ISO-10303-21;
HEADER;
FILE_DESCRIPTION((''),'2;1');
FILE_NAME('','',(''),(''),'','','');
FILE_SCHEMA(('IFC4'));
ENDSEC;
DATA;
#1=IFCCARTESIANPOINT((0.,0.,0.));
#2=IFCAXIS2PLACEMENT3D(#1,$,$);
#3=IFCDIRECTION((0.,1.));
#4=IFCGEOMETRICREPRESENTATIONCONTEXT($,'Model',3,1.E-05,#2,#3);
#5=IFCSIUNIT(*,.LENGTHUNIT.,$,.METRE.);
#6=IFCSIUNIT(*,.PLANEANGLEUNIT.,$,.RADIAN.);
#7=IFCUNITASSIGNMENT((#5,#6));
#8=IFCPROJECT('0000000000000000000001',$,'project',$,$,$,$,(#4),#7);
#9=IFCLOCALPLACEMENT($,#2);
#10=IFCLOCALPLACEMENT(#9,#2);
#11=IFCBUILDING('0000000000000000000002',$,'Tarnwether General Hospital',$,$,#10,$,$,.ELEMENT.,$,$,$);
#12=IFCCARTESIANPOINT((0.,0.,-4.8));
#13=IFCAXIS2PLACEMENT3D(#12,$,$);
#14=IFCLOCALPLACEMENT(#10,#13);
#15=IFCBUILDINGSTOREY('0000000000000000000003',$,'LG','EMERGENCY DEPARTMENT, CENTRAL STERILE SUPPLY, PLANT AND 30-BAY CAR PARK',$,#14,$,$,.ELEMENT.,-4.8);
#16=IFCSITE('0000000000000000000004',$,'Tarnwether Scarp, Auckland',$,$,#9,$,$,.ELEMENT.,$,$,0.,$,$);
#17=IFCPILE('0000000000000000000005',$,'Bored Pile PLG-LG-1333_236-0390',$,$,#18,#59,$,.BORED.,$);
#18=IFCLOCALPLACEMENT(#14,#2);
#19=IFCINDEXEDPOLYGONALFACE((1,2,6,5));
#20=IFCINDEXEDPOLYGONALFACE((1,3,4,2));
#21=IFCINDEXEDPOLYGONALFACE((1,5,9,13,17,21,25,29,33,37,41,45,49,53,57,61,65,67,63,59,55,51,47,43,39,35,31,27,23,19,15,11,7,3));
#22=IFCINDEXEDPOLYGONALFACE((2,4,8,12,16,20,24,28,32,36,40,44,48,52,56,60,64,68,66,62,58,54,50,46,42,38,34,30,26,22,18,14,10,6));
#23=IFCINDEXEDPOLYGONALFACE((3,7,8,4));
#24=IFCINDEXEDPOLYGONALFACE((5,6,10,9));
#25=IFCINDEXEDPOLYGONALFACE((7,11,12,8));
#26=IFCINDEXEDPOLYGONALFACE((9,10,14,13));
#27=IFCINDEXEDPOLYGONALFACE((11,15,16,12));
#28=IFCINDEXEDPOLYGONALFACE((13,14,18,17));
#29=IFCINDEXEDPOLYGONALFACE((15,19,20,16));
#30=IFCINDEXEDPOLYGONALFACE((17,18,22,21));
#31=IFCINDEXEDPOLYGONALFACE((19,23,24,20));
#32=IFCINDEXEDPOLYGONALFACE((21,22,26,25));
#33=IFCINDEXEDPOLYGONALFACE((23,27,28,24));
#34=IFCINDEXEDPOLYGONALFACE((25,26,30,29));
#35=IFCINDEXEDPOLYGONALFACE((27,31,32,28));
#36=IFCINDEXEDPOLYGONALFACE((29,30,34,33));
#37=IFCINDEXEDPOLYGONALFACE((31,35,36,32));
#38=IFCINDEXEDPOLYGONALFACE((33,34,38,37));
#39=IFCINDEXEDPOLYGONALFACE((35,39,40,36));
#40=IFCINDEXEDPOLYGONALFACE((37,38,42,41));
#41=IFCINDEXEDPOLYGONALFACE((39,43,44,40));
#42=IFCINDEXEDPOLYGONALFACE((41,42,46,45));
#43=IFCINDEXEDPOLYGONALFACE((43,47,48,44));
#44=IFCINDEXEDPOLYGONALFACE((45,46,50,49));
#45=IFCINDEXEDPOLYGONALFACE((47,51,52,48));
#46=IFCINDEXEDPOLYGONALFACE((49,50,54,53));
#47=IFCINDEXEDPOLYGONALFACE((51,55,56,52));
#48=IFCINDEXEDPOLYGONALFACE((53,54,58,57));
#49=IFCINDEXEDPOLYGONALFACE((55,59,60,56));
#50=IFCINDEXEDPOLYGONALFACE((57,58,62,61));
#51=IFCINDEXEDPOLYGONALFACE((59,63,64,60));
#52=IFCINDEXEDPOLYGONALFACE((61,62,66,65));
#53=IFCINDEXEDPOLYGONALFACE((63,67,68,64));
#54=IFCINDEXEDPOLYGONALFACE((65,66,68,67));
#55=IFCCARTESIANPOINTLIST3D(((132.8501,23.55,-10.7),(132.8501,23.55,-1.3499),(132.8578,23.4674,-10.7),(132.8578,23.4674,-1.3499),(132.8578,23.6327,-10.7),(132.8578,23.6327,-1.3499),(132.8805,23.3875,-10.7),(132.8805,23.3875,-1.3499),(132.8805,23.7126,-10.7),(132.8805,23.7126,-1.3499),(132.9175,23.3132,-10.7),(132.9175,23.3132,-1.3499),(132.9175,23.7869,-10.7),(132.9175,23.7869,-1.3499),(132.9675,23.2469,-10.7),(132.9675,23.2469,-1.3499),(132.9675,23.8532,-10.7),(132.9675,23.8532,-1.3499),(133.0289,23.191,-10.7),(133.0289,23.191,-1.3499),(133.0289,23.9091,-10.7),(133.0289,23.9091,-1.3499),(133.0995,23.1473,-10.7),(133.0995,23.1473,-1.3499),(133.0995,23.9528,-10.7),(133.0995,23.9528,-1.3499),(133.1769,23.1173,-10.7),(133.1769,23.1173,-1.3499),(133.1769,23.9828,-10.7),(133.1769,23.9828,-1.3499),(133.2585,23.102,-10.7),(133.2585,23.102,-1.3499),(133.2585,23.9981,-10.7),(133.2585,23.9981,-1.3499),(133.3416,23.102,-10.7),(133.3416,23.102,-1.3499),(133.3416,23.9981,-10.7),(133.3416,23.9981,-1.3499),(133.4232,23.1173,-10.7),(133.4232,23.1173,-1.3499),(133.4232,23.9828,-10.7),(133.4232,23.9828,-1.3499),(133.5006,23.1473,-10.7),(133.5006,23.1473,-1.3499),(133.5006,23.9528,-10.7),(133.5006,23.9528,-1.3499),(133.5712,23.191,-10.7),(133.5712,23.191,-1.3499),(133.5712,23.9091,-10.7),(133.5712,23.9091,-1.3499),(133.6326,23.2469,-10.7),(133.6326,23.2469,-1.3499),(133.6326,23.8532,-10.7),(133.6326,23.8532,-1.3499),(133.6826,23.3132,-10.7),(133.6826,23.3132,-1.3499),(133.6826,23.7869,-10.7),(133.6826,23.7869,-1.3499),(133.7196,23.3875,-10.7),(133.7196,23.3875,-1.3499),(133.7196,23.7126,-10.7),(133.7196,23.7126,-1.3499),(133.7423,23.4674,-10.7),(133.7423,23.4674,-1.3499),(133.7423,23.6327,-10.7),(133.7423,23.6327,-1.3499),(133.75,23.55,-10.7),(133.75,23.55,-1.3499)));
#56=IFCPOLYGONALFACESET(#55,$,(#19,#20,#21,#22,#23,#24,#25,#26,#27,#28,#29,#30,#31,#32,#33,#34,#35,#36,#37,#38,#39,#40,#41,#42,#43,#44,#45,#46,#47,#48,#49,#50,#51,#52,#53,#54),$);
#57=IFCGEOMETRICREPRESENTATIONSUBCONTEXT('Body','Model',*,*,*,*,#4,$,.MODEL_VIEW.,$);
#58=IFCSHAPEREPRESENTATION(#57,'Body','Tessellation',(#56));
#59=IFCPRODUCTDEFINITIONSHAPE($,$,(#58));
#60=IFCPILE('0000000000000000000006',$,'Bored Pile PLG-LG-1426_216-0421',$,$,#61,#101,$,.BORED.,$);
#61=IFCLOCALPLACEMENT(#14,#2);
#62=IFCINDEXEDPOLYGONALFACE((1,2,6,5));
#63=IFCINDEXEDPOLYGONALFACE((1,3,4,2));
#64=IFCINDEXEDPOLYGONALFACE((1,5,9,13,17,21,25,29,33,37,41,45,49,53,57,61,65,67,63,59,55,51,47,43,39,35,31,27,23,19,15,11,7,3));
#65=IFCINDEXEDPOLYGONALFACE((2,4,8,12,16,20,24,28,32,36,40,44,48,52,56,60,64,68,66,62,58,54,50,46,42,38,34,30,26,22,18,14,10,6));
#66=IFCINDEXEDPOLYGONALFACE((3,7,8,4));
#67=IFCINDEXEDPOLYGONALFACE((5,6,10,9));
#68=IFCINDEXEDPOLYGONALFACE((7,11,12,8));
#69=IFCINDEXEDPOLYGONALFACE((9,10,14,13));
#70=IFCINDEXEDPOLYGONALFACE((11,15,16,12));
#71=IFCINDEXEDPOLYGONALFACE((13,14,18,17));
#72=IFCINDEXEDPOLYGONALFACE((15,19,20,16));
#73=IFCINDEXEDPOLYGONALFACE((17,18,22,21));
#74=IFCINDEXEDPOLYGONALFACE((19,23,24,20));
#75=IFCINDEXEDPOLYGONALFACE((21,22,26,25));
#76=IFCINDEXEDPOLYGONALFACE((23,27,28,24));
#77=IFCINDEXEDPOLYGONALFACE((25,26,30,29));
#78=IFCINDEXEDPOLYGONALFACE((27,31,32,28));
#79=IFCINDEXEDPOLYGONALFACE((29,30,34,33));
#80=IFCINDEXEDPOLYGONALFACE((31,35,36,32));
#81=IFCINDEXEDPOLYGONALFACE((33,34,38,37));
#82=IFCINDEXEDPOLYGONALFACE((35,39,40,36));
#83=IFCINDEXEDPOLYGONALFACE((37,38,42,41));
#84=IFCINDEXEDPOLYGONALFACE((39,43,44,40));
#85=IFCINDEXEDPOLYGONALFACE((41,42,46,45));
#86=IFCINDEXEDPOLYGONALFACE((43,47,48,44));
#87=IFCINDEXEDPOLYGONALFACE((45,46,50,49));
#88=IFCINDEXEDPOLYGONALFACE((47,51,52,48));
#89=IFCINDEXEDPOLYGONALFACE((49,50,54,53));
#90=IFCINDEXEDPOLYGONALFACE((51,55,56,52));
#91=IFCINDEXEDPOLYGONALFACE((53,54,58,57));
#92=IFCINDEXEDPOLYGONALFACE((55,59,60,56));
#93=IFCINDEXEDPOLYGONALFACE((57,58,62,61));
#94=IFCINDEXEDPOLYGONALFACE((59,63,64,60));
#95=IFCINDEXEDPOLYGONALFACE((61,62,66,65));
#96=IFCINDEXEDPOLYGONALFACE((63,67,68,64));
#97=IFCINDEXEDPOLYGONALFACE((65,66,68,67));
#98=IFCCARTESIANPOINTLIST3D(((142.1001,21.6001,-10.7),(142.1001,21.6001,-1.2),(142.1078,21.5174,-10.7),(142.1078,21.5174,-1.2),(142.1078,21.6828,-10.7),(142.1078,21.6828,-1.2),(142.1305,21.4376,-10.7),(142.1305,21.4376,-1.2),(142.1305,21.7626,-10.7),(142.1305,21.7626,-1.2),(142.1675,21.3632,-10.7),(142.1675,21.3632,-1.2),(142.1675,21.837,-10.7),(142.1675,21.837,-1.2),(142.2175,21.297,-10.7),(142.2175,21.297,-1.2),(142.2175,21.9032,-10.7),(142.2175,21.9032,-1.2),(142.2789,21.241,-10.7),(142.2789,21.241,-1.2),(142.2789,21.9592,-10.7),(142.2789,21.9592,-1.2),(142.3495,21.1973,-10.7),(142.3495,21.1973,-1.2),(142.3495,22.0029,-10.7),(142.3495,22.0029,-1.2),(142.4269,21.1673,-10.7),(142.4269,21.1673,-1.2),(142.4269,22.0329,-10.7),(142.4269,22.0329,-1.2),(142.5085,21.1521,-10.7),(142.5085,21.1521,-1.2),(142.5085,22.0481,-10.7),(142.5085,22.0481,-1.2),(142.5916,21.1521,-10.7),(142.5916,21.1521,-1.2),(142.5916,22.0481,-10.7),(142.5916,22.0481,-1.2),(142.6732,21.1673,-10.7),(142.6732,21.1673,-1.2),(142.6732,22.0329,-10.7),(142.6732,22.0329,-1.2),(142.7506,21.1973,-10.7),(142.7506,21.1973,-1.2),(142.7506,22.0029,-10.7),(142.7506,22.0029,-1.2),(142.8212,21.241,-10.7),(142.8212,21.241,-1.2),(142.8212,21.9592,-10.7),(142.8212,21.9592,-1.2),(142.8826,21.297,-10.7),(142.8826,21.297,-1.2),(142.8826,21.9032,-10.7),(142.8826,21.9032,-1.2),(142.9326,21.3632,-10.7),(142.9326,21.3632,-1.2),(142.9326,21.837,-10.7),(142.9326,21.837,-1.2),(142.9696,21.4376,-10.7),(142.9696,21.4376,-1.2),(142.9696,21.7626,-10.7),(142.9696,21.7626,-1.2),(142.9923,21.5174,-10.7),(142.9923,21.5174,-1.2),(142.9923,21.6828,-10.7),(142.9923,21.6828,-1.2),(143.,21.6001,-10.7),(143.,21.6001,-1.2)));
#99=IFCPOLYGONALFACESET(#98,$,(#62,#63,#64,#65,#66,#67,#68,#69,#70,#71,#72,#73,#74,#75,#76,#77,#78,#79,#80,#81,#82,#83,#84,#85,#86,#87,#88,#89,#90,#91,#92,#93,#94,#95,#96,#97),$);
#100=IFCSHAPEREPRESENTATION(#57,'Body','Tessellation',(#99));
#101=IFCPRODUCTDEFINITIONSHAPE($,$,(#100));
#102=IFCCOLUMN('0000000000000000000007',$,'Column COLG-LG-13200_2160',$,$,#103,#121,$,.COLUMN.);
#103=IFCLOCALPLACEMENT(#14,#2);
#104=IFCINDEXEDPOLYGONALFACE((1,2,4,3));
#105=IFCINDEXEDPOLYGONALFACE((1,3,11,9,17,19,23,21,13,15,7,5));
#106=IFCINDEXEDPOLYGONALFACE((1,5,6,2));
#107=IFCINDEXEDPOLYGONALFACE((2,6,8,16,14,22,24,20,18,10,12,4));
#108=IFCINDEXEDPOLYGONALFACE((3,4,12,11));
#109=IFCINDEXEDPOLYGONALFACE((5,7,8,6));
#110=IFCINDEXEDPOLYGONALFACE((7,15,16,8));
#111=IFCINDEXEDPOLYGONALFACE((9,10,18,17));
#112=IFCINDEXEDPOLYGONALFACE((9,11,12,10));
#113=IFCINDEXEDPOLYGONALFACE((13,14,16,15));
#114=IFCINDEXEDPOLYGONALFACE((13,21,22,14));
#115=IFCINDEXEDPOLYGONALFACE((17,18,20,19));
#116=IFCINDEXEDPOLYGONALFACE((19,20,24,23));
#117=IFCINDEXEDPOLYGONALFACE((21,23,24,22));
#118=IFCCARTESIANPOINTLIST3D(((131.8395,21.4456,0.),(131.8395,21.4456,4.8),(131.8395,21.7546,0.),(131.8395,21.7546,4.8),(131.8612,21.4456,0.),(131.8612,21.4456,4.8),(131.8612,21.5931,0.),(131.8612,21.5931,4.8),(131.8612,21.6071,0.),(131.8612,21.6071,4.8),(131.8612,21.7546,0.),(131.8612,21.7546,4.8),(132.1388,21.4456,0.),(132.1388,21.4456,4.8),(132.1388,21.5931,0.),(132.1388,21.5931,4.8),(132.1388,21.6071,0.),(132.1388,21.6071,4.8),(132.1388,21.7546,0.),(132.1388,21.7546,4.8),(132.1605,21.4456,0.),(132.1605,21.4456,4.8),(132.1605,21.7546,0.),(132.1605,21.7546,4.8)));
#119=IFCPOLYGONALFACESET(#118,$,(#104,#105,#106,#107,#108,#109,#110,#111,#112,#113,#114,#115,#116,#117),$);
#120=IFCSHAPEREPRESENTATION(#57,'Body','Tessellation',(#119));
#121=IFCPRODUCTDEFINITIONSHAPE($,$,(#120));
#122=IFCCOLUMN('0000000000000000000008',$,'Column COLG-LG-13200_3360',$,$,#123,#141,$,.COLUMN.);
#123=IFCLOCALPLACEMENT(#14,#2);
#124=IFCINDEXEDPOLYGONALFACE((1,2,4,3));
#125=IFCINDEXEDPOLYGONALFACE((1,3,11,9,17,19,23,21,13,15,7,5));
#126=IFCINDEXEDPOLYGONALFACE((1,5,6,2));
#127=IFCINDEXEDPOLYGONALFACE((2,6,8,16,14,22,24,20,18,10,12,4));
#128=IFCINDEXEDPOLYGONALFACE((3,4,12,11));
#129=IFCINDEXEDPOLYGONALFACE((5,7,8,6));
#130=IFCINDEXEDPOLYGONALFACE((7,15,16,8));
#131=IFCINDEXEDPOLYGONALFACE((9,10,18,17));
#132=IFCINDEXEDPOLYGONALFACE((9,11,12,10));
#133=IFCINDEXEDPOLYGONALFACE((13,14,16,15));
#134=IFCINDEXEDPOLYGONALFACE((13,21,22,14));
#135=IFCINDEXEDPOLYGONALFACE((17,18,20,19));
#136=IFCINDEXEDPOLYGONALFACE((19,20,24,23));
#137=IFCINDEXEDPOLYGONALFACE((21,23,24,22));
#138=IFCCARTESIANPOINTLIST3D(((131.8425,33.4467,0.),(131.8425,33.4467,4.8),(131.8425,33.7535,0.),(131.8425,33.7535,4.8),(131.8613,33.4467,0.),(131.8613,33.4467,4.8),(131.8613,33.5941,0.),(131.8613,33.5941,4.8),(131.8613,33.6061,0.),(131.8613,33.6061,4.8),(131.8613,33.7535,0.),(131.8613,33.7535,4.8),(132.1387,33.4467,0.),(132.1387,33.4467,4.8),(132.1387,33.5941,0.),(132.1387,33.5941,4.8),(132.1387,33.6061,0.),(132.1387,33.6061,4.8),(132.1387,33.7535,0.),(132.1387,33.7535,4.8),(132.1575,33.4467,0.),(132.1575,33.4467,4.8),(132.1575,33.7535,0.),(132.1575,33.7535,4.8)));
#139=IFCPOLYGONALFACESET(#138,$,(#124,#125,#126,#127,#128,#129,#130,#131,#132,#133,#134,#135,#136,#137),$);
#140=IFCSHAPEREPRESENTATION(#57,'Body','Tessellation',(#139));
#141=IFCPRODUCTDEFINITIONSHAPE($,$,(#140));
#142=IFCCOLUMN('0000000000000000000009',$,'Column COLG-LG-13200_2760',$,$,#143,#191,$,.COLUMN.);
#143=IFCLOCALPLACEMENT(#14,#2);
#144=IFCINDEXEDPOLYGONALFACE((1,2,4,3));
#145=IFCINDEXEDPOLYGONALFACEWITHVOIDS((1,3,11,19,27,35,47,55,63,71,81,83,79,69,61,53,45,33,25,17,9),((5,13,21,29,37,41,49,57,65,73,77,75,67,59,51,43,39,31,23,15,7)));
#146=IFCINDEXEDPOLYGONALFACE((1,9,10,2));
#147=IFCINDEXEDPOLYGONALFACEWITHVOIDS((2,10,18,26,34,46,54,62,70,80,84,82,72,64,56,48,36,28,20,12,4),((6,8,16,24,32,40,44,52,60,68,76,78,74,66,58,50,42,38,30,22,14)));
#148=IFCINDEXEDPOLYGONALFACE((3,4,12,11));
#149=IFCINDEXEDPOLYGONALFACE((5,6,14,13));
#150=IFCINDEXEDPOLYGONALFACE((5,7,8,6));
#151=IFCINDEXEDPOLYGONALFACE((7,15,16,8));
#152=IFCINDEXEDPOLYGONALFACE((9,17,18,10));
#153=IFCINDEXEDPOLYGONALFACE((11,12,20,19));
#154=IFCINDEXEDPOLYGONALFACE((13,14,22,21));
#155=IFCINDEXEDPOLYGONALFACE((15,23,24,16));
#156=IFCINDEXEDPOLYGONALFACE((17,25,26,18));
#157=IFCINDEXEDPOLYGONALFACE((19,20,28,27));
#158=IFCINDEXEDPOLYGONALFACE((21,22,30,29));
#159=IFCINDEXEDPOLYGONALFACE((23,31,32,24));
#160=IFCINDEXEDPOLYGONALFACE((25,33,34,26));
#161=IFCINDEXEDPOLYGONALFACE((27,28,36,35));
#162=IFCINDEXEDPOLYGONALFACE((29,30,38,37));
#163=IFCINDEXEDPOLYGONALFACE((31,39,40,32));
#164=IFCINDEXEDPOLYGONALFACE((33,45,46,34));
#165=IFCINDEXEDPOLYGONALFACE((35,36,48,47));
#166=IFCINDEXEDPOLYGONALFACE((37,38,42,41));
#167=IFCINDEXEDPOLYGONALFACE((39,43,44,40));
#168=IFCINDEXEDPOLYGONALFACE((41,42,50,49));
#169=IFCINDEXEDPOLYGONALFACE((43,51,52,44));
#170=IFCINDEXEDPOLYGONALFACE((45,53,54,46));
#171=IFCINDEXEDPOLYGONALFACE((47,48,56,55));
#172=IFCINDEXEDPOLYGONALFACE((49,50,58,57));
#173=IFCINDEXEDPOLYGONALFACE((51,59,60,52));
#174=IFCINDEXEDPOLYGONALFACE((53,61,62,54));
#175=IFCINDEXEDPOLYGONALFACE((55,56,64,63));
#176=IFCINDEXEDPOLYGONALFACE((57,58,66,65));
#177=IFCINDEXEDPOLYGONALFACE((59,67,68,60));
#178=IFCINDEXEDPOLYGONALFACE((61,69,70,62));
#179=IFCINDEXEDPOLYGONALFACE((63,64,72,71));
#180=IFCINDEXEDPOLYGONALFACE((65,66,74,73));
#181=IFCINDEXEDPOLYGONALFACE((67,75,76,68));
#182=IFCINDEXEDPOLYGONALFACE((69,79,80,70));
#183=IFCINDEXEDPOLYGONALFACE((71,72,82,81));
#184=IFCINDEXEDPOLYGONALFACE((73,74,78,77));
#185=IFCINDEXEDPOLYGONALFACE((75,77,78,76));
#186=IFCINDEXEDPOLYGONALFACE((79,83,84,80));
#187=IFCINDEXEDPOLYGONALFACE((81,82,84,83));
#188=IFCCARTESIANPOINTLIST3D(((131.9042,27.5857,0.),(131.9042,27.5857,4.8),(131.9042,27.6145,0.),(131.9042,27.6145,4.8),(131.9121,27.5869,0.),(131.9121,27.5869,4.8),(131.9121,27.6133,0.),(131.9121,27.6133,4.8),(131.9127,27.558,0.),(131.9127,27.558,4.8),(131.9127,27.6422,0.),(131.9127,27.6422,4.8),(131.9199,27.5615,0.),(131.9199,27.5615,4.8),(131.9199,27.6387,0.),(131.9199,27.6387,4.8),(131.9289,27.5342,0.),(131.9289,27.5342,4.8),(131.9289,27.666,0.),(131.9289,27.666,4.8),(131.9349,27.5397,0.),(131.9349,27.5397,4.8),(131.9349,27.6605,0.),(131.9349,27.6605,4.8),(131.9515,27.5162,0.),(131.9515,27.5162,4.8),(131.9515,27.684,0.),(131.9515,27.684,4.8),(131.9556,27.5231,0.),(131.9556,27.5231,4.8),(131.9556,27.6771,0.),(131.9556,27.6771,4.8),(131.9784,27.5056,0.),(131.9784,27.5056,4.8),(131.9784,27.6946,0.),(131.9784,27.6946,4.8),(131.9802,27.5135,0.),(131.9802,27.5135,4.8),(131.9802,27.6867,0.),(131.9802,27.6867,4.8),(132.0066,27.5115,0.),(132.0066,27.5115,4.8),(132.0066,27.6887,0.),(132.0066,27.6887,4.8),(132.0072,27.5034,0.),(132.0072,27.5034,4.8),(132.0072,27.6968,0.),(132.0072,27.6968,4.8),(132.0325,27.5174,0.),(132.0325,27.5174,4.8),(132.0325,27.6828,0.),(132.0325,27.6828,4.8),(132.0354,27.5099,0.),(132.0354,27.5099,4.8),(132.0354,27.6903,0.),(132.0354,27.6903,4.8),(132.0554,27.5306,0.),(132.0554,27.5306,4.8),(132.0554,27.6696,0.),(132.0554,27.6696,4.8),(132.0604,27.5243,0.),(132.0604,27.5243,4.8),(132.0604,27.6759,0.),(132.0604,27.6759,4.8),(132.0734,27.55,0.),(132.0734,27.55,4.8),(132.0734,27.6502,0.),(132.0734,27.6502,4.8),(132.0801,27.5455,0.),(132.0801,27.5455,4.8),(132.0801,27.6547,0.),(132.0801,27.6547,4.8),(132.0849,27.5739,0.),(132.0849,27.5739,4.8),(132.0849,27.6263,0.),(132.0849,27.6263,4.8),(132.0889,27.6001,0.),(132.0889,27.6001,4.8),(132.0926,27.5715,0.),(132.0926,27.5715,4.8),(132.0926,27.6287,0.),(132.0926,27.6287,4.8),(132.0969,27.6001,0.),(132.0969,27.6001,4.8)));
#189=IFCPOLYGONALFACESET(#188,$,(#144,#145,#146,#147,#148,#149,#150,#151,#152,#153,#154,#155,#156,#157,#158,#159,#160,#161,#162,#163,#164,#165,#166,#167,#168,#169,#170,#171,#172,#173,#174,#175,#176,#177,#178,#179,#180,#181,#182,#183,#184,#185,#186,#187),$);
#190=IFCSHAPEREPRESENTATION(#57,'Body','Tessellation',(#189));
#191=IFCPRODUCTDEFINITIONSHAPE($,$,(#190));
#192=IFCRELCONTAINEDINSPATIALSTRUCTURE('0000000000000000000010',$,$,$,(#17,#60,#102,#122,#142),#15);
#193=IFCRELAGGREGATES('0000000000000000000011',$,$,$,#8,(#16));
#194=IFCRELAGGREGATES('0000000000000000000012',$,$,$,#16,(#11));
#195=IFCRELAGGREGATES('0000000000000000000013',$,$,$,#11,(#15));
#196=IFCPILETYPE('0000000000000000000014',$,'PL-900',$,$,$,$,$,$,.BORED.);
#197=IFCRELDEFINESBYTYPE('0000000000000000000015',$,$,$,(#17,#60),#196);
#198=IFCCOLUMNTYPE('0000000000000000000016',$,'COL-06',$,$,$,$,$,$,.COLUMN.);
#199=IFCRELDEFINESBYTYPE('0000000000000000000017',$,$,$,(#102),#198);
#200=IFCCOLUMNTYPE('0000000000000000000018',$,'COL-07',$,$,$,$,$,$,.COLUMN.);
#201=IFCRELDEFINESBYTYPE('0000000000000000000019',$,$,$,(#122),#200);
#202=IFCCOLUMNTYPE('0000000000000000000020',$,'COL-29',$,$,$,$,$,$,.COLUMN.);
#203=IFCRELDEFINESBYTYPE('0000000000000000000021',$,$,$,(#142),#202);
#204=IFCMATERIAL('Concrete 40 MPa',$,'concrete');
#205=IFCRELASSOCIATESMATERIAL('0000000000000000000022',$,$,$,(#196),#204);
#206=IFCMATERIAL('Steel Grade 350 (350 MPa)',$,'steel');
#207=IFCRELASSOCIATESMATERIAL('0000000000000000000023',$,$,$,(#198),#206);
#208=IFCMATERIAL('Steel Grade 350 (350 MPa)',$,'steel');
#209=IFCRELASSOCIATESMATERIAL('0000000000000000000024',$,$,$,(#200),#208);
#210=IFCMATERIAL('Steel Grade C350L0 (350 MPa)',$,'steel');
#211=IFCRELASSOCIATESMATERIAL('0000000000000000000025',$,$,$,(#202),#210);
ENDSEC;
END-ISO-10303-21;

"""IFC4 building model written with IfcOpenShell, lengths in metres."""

from ifc_helpers import new_model, si_unit, direction, frame, origin, origin_2d, place, context, subcontext, project, spatial, circle, hollow_circle, i_section, extrude, material, material_profile, profile_set, type_object, element, save


model = new_model("IFC4")

# Units and contexts
model_context = context("Model", 3, precision=1e-05, world=origin(), true_north=direction((0.0, 1.0)))
body_context = subcontext(model_context, "Body", "Model", "MODEL_VIEW")
ifc_project = project(units=[si_unit("LENGTHUNIT", "METRE"), si_unit("PLANEANGLEUNIT", "RADIAN")], contexts=[model_context])

# Site, building, storey
site_placement = place(None, origin())
site = spatial("IfcSite", under=ifc_project, at=site_placement, Name="Tarnwether Scarp, Auckland", CompositionType="ELEMENT", RefElevation=0.0)
building_placement = place(site_placement, origin())
building = spatial("IfcBuilding", under=site, at=building_placement, Name="Tarnwether General Hospital", CompositionType="ELEMENT")
storey_placement = place(building_placement, frame((0.0, 0.0, -4.8)))
storey = spatial("IfcBuildingStorey", under=building, at=storey_placement, Name="LG", Description="EMERGENCY DEPARTMENT, CENTRAL STERILE SUPPLY, PLANT AND 30-BAY CAR PARK", CompositionType="ELEMENT", Elevation=-4.8)

# Piles
ifc_material_1 = material(Name="Concrete 40 MPa", Category="concrete")
ifc_material_profile_1 = material_profile(ifc_material_1, circle(Radius=0.45, at=origin_2d()), Name="PILE-D900")
ifc_profile_set_1 = profile_set([ifc_material_profile_1], Name="Concrete 40 MPa")
pile_type_1 = type_object("IfcPileType", Name="PL-900", PredefinedType="BORED", material=ifc_profile_set_1)
for number, where, z_axis, x_axis, name in (
    (1, (133.3, 23.55, -1.3499), (0.0, 0.0, -1.0), (1.0, 0.0, 0.0), "Bored Pile PLG-LG-1333_236-0390"),
):
    element("IfcPile", number, at=place(storey_placement, frame(where, z_axis=z_axis, x_axis=x_axis)), inside=storey, type_object=pile_type_1, Name=name, PredefinedType="BORED", context=body_context, shape_type="SweptSolid", body=[
        extrude(circle(Radius=0.45, at=origin_2d()), origin(), (0.0, 0.0, 1.0), 9.3501),
    ])
pile_1_placement = place(storey_placement, frame((142.55, 21.6001, -1.2), z_axis=(0.0, 0.0, -1.0), x_axis=(1.0, 0.0, 0.0)))
element("IfcPile", 2, at=pile_1_placement, inside=storey, type_object=pile_type_1, Name="Bored Pile PLG-LG-1426_216-0421", PredefinedType="BORED", context=body_context, shape_type="SweptSolid", body=[
    extrude(circle(Radius=0.45, at=origin_2d()), origin(), (0.0, 0.0, 1.0), 9.5),
])

# Columns
ifc_material_2 = material(Name="Steel Grade 350 (350 MPa)", Category="steel")
ifc_material_profile_2 = material_profile(ifc_material_2, i_section(OverallWidth=0.3091, OverallDepth=0.321, WebThickness=0.0139, FlangeThickness=0.0217, at=origin_2d()), Name="310UC137")
ifc_profile_set_2 = profile_set([ifc_material_profile_2], Name="Steel Grade 350 (350 MPa)")
column_type_1 = type_object("IfcColumnType", Name="COL-06", PredefinedType="COLUMN", material=ifc_profile_set_2)
column_1_placement = place(storey_placement, frame((132.0, 21.6001, 0.0), z_axis=(0.0, 0.0, 1.0), x_axis=(0.0, 1.0, 0.0)))
element("IfcColumn", 3, at=column_1_placement, inside=storey, type_object=column_type_1, Name="Column COLG-LG-13200_2160", PredefinedType="COLUMN", context=body_context, shape_type="SweptSolid", body=[
    extrude(i_section(OverallWidth=0.3091, OverallDepth=0.321, WebThickness=0.0139, FlangeThickness=0.0217, at=origin_2d()), origin(), (0.0, 0.0, 1.0), 4.8),
])
ifc_material_3 = material(Name="Steel Grade 350 (350 MPa)", Category="steel")
ifc_material_profile_3 = material_profile(ifc_material_3, i_section(OverallWidth=0.3069, OverallDepth=0.3149, WebThickness=0.012, FlangeThickness=0.0188, at=origin_2d()), Name="310UC118")
ifc_profile_set_3 = profile_set([ifc_material_profile_3], Name="Steel Grade 350 (350 MPa)")
column_type_2 = type_object("IfcColumnType", Name="COL-07", PredefinedType="COLUMN", material=ifc_profile_set_3)
column_2_placement = place(storey_placement, frame((132.0, 33.6001, 0.0), z_axis=(0.0, 0.0, 1.0), x_axis=(0.0, 1.0, 0.0)))
element("IfcColumn", 4, at=column_2_placement, inside=storey, type_object=column_type_2, Name="Column COLG-LG-13200_3360", PredefinedType="COLUMN", context=body_context, shape_type="SweptSolid", body=[
    extrude(i_section(OverallWidth=0.3069, OverallDepth=0.3149, WebThickness=0.012, FlangeThickness=0.0188, at=origin_2d()), origin(), (0.0, 0.0, 1.0), 4.8),
])
ifc_material_4 = material(Name="Steel Grade C350L0 (350 MPa)", Category="steel")
ifc_material_profile_4 = material_profile(ifc_material_4, hollow_circle(Radius=0.0969, WallThickness=0.0081, at=origin_2d()), Name="CHS193.7x8.0")
ifc_profile_set_4 = profile_set([ifc_material_profile_4], Name="Steel Grade C350L0 (350 MPa)")
column_type_3 = type_object("IfcColumnType", Name="COL-29", PredefinedType="COLUMN", material=ifc_profile_set_4)
column_3_placement = place(storey_placement, frame((132.0, 27.6001, 0.0), z_axis=(0.0, 0.0, 1.0), x_axis=(1.0, 0.0, 0.0)))
element("IfcColumn", 5, at=column_3_placement, inside=storey, type_object=column_type_3, Name="Column COLG-LG-13200_2760", PredefinedType="COLUMN", context=body_context, shape_type="SweptSolid", body=[
    extrude(hollow_circle(Radius=0.0969, WallThickness=0.0081, at=origin_2d()), origin(), (0.0, 0.0, 1.0), 4.8),
])

save(model, "model.ifc")
